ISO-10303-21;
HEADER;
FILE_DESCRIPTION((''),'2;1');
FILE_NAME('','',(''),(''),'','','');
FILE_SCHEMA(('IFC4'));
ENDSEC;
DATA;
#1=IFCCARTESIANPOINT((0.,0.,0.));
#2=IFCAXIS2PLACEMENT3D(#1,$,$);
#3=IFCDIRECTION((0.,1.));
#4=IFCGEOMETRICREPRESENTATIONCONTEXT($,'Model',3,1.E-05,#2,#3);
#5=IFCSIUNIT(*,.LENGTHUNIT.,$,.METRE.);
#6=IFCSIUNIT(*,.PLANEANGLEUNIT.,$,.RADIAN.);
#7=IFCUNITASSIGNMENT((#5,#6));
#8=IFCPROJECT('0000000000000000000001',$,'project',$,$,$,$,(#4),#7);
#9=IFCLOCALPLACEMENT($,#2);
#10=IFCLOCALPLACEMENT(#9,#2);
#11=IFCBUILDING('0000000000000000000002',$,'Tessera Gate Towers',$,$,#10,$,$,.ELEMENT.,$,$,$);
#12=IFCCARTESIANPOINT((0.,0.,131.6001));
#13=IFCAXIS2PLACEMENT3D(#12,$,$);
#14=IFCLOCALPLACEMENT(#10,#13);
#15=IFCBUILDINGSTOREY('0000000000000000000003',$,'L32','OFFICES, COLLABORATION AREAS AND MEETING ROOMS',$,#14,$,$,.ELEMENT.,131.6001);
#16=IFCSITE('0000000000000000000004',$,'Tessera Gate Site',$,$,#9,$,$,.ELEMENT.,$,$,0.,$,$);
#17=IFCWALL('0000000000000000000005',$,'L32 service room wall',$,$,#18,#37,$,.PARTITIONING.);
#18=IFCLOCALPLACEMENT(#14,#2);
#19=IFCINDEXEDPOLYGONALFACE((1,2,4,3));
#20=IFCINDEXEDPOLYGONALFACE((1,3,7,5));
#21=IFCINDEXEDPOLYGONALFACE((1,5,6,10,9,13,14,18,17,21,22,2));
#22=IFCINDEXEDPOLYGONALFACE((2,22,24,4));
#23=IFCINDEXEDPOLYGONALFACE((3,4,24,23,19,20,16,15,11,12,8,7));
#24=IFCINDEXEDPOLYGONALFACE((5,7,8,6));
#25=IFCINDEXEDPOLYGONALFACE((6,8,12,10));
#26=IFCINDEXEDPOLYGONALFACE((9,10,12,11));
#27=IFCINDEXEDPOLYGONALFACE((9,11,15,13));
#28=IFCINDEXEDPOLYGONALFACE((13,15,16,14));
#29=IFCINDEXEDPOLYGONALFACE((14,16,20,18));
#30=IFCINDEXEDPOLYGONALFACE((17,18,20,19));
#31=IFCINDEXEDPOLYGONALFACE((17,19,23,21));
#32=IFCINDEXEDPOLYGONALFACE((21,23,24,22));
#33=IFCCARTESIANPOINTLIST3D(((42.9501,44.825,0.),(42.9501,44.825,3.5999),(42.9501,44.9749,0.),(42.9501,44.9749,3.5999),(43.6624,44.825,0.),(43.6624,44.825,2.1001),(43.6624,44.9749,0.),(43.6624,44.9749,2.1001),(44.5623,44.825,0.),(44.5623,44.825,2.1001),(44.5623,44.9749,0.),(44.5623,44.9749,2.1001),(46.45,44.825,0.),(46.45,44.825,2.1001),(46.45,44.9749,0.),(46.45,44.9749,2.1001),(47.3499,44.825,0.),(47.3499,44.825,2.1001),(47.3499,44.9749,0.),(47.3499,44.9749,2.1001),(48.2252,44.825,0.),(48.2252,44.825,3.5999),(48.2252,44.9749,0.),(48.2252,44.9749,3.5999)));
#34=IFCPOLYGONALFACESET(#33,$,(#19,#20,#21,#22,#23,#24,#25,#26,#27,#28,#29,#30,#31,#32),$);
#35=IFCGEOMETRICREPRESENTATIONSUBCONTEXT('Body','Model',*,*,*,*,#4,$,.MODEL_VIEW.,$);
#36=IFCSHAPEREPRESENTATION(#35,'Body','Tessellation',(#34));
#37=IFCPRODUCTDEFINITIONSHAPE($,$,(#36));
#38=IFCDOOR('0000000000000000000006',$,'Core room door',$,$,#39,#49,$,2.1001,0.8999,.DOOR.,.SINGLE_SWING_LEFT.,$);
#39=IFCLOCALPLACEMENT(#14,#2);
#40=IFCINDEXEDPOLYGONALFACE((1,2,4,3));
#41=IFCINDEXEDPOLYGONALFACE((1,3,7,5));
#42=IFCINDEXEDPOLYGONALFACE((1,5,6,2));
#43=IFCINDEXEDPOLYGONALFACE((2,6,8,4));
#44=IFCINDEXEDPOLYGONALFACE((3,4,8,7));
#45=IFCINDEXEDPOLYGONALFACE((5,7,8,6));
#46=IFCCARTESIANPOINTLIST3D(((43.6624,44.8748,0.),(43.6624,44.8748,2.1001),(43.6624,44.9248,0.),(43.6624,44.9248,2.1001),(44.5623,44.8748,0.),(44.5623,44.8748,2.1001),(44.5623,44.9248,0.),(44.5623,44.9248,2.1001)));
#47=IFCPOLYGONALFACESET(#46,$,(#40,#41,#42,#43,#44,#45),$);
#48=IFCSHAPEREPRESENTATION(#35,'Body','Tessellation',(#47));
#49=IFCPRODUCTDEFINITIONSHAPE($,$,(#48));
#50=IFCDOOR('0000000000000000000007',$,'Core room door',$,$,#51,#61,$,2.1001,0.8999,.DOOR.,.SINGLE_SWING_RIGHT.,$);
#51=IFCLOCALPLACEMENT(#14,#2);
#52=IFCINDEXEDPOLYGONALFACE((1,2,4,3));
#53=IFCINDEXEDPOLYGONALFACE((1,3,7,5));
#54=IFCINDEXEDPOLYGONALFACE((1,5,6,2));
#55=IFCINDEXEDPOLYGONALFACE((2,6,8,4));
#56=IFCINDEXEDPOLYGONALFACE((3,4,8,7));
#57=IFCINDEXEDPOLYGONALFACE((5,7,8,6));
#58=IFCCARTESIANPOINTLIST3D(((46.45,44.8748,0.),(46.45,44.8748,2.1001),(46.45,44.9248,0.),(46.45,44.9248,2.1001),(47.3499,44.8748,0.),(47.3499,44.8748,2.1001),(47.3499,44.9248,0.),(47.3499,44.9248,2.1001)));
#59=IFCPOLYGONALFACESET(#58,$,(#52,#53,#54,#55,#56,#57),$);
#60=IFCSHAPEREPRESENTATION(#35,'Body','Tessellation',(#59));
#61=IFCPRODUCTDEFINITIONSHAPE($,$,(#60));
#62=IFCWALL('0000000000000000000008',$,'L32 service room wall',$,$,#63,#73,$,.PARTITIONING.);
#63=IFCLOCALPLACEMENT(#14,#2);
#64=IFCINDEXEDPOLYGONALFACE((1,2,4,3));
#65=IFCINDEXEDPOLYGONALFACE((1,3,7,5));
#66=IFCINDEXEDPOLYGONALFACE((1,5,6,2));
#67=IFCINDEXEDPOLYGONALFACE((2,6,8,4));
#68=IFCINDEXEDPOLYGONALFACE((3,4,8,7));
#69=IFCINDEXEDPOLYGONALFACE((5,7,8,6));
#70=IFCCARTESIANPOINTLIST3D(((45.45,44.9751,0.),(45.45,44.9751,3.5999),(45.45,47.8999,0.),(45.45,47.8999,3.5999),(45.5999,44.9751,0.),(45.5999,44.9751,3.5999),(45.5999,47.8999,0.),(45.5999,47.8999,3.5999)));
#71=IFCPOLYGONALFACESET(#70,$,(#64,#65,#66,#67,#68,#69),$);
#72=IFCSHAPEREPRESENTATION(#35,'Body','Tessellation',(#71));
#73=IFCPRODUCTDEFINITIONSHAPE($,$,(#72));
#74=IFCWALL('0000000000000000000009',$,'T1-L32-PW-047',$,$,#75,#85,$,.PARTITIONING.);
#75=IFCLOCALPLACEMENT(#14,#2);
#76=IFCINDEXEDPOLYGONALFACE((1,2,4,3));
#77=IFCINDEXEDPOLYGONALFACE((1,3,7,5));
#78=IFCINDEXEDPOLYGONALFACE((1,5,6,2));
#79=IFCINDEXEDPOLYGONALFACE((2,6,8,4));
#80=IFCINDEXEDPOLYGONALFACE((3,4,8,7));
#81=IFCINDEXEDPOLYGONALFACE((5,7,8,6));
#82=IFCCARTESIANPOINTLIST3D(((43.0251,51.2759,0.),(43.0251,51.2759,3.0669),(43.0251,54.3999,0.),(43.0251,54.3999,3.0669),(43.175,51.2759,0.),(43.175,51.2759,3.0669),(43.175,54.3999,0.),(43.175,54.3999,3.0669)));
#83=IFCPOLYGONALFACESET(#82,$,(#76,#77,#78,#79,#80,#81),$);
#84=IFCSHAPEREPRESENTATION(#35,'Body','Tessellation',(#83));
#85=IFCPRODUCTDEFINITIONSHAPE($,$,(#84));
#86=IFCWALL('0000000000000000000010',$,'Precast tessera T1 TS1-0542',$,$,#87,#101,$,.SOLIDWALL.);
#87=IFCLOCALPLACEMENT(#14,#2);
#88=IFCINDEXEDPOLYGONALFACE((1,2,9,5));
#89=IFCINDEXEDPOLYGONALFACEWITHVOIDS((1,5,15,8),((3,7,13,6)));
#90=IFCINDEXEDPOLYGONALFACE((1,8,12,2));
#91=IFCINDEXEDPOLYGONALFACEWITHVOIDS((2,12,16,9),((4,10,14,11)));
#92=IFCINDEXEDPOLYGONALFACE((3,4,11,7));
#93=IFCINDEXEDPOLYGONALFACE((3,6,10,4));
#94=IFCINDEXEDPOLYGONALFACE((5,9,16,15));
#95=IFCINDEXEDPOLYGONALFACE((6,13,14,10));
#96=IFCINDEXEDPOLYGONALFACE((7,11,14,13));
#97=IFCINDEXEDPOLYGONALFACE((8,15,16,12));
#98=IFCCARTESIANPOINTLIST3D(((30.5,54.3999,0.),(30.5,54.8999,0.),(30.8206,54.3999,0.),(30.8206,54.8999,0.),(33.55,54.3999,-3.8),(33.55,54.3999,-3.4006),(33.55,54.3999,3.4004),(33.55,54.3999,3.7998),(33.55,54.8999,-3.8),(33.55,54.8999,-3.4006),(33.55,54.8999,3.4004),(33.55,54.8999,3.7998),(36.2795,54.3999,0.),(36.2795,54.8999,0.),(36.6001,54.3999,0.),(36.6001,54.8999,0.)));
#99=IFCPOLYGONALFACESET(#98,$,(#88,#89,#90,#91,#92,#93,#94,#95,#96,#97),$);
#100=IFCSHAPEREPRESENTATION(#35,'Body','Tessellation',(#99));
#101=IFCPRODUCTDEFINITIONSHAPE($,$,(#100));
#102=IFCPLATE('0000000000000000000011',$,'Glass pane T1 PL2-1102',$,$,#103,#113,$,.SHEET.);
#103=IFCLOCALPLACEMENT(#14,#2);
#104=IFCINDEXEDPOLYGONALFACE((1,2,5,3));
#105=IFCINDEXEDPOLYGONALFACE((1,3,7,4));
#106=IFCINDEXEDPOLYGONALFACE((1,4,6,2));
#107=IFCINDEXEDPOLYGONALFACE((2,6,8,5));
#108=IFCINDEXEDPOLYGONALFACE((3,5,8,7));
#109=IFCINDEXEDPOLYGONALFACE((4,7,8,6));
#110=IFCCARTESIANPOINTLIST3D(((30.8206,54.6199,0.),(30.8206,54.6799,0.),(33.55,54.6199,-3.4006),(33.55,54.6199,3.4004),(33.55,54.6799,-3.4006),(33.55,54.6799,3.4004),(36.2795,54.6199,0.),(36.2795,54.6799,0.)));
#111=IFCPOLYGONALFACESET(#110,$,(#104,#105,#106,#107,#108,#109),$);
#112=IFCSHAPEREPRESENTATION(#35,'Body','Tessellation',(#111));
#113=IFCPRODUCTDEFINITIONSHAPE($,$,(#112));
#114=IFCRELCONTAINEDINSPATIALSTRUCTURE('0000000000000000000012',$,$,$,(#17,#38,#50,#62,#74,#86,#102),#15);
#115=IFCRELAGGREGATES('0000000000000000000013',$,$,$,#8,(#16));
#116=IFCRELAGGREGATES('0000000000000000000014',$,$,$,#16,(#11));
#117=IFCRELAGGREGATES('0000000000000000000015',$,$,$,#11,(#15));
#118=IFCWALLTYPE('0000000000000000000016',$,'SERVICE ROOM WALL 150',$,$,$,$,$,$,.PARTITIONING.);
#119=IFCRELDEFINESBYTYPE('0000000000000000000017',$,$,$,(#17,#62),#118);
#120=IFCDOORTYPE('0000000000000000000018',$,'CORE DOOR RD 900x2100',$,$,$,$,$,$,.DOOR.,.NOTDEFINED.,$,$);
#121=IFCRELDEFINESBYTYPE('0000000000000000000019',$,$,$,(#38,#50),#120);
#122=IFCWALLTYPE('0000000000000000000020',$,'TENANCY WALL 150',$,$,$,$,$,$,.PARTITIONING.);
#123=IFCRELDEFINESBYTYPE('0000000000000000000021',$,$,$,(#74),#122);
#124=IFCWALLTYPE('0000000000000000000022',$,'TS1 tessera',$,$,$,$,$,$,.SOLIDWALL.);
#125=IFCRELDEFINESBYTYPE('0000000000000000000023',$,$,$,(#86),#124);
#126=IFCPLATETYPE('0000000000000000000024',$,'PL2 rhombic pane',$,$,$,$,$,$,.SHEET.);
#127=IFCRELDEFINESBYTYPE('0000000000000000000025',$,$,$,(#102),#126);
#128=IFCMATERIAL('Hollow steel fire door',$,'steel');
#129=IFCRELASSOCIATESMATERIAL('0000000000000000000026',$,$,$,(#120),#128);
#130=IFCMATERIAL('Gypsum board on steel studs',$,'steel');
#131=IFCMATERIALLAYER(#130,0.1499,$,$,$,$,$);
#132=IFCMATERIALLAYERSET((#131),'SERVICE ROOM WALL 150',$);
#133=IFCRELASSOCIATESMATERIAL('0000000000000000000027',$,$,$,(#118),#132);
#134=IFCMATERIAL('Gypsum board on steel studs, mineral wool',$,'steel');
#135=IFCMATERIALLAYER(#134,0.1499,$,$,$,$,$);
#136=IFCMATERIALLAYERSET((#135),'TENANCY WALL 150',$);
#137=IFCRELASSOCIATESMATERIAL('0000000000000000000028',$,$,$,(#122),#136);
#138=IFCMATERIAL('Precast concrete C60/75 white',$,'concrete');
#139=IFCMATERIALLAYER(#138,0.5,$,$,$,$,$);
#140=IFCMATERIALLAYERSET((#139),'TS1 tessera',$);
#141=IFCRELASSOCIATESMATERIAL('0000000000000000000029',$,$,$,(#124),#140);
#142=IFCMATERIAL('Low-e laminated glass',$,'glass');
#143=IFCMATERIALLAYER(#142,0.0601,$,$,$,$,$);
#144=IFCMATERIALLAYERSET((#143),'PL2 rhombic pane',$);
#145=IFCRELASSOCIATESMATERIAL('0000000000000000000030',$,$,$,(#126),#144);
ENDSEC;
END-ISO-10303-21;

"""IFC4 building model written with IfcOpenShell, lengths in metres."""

from ifc_helpers import new_model, si_unit, direction, frame, frame_2d, origin, place, context, subcontext, project, spatial, polyline, rectangle, outline, extrude, source, transform, mapped, material, layer, layer_set, type_object, element, fill, save


model = new_model("IFC4")

# Units and contexts
model_context = context("Model", 3, precision=1e-05, world=origin(), true_north=direction((0.0, 1.0)))
body_context = subcontext(model_context, "Body", "Model", "MODEL_VIEW")
ifc_project = project(units=[si_unit("LENGTHUNIT", "METRE"), si_unit("PLANEANGLEUNIT", "RADIAN")], contexts=[model_context])

# Site, building, storey
site_placement = place(None, origin())
site = spatial("IfcSite", under=ifc_project, at=site_placement, Name="Tessera Gate Site", CompositionType="ELEMENT", RefElevation=0.0)
building_placement = place(site_placement, origin())
building = spatial("IfcBuilding", under=site, at=building_placement, Name="Tessera Gate Towers", CompositionType="ELEMENT")
storey_placement = place(building_placement, frame((0.0, 0.0, 131.6001)))
storey = spatial("IfcBuildingStorey", under=building, at=storey_placement, Name="L32", Description="OFFICES, COLLABORATION AREAS AND MEETING ROOMS", CompositionType="ELEMENT", Elevation=131.6001)

# Shared definitions
ifc_material_1 = material(Name="Hollow steel fire door", Category="steel")
door_type_1 = type_object("IfcDoorType", Name="CORE DOOR RD 900x2100", OperationType="NOTDEFINED", PredefinedType="DOOR", material=ifc_material_1)
shared_shape_1 = source(origin(), body_context, "Body", "SweptSolid", [
    extrude(rectangle(XDim=0.8999, YDim=2.1001, at=frame_2d((0.45, 1.05))), frame((0.0, 0.0249, 0.0), z_axis=(0.0, -1.0, 0.0), x_axis=(1.0, 0.0, 0.0)), (0.0, 0.0, 1.0), 0.05),
])

# Wall, openings, doors
ifc_material_2 = material(Name="Gypsum board on steel studs", Category="steel")
ifc_layer_1 = layer(ifc_material_2, 0.1499)
ifc_layer_set_1 = layer_set([ifc_layer_1], Name="SERVICE ROOM WALL 150")
wall_type_1 = type_object("IfcWallType", Name="SERVICE ROOM WALL 150", PredefinedType="PARTITIONING", material=ifc_layer_set_1)
wall_1_placement = place(storey_placement, frame((42.95, 44.8999, 0.0), z_axis=(0.0, 0.0, 1.0), x_axis=(1.0, 0.0, 0.0)))
wall_1 = element("IfcWall", 1, at=wall_1_placement, inside=storey, type_object=wall_type_1, Name="L32 service room wall", PredefinedType="PARTITIONING", context=body_context, shape_type="SweptSolid", body=[
    extrude(rectangle(XDim=5.2751, YDim=0.1499, at=frame_2d((2.6377, 0.0))), origin(), (0.0, 0.0, 1.0), 3.5999),
])
shared_shape_2 = source(origin(), body_context, "Body", "SweptSolid", [
    extrude(rectangle(XDim=0.8999, YDim=2.1001, at=frame_2d((0.45, 1.05))), frame((0.0, 0.085, 0.0), z_axis=(0.0, -1.0, 0.0), x_axis=(1.0, 0.0, 0.0)), (0.0, 0.0, 1.0), 0.1699),
])
opening_1_placement = place(wall_1_placement, frame((0.7124, 0.0, 0.0)))
opening_1 = element("IfcOpeningElement", 2, at=opening_1_placement, cuts=wall_1, PredefinedType="OPENING", context=body_context, shape_type="MappedRepresentation", body=[
    mapped(shared_shape_2, transform((0.0, 0.0, 0.0), scale=1.0)),
])
opening_2_placement = place(wall_1_placement, frame((3.5, 0.0, 0.0)))
opening_2 = element("IfcOpeningElement", 3, at=opening_2_placement, cuts=wall_1, PredefinedType="OPENING", context=body_context, shape_type="MappedRepresentation", body=[
    mapped(shared_shape_2, transform((0.0, 0.0, 0.0), scale=1.0)),
])
door_1_placement = place(opening_1_placement, origin())
door_1 = element("IfcDoor", 4, at=door_1_placement, inside=storey, type_object=door_type_1, Name="Core room door", OperationType="SINGLE_SWING_LEFT", OverallHeight=2.1001, OverallWidth=0.8999, PredefinedType="DOOR", context=body_context, shape_type="MappedRepresentation", body=[
    mapped(shared_shape_1, transform((0.0, 0.0, 0.0), scale=1.0)),
])
fill(opening_1, door_1)
door_2_placement = place(opening_2_placement, origin())
door_2 = element("IfcDoor", 5, at=door_2_placement, inside=storey, type_object=door_type_1, Name="Core room door", OperationType="SINGLE_SWING_RIGHT", OverallHeight=2.1001, OverallWidth=0.8999, PredefinedType="DOOR", context=body_context, shape_type="MappedRepresentation", body=[
    mapped(shared_shape_1, transform((0.0, 0.0, 0.0), scale=1.0)),
])
fill(opening_2, door_2)

# Walls
wall_2_placement = place(storey_placement, frame((45.5249, 44.9751, 0.0), z_axis=(0.0, 0.0, 1.0), x_axis=(0.0, 1.0, 0.0)))
element("IfcWall", 6, at=wall_2_placement, inside=storey, type_object=wall_type_1, Name="L32 service room wall", PredefinedType="PARTITIONING", context=body_context, shape_type="SweptSolid", body=[
    extrude(rectangle(XDim=2.9248, YDim=0.1499, at=frame_2d((1.4624, 0.0))), origin(), (0.0, 0.0, 1.0), 3.5999),
])
ifc_material_3 = material(Name="Gypsum board on steel studs, mineral wool", Category="steel")
ifc_layer_2 = layer(ifc_material_3, 0.1499)
ifc_layer_set_2 = layer_set([ifc_layer_2], Name="TENANCY WALL 150")
wall_type_2 = type_object("IfcWallType", Name="TENANCY WALL 150", PredefinedType="PARTITIONING", material=ifc_layer_set_2)
wall_3_placement = place(storey_placement, frame((43.1001, 51.2759, 0.0), z_axis=(0.0, 0.0, 1.0), x_axis=(0.0, 1.0, 0.0)))
element("IfcWall", 7, at=wall_3_placement, inside=storey, type_object=wall_type_2, Name="T1-L32-PW-047", PredefinedType="PARTITIONING", context=body_context, shape_type="SweptSolid", body=[
    extrude(rectangle(XDim=3.124, YDim=0.1499, at=frame_2d((1.562, 0.0))), origin(), (0.0, 0.0, 1.0), 3.0669),
])

# Wall, opening, plate
ifc_material_4 = material(Name="Precast concrete C60/75 white", Category="concrete")
ifc_layer_3 = layer(ifc_material_4, 0.5)
ifc_layer_set_3 = layer_set([ifc_layer_3], Name="TS1 tessera")
wall_type_3 = type_object("IfcWallType", Name="TS1 tessera", PredefinedType="SOLIDWALL", material=ifc_layer_set_3)
shared_shape_3 = source(origin(), body_context, "Body", "SweptSolid", [
    extrude(outline(polyline([(3.05, 0.0), (6.1001, 3.8), (3.05, 7.5999), (0.0, 3.8), (3.05, 0.0)])), frame((0.0, 0.25, 0.0), z_axis=(0.0, -1.0, 0.0), x_axis=(1.0, 0.0, 0.0)), (0.0, 0.0, 1.0), 0.5),
])
wall_4_placement = place(storey_placement, frame((36.6001, 54.6499, -3.8), z_axis=(0.0, 0.0, 1.0), x_axis=(-1.0, 0.0, 0.0)))
wall_4 = element("IfcWall", 8, at=wall_4_placement, inside=storey, type_object=wall_type_3, Name="Precast tessera T1 TS1-0542", PredefinedType="SOLIDWALL", context=body_context, shape_type="MappedRepresentation", body=[
    mapped(shared_shape_3, transform((0.0, 0.0, 0.0), scale=1.0)),
])
shared_shape_4 = source(origin(), body_context, "Body", "SweptSolid", [
    extrude(outline(polyline([(3.05, 0.3994), (5.7795, 3.8), (3.05, 7.2004), (0.3206, 3.8), (3.05, 0.3994)])), frame((0.0, 0.26, 0.0), z_axis=(0.0, -1.0, 0.0), x_axis=(1.0, 0.0, 0.0)), (0.0, 0.0, 1.0), 0.52),
])
opening_3_placement = place(wall_4_placement, origin())
opening_3 = element("IfcOpeningElement", 9, at=opening_3_placement, cuts=wall_4, PredefinedType="OPENING", context=body_context, shape_type="MappedRepresentation", body=[
    mapped(shared_shape_4, transform((0.0, 0.0, 0.0), scale=1.0)),
])
ifc_material_5 = material(Name="Low-e laminated glass", Category="glass")
ifc_layer_4 = layer(ifc_material_5, 0.0601)
ifc_layer_set_4 = layer_set([ifc_layer_4], Name="PL2 rhombic pane")
plate_type = type_object("IfcPlateType", Name="PL2 rhombic pane", PredefinedType="SHEET", material=ifc_layer_set_4)
shared_shape_5 = source(origin(), body_context, "Body", "SweptSolid", [
    extrude(outline(polyline([(3.05, 0.3994), (5.7795, 3.8), (3.05, 7.2004), (0.3206, 3.8), (3.05, 0.3994)])), frame((0.0, 0.03, 0.0), z_axis=(0.0, -1.0, 0.0), x_axis=(1.0, 0.0, 0.0)), (0.0, 0.0, 1.0), 0.0601),
])
plate_placement = place(opening_3_placement, origin())
plate = element("IfcPlate", 10, at=plate_placement, inside=storey, type_object=plate_type, Name="Glass pane T1 PL2-1102", PredefinedType="SHEET", context=body_context, shape_type="MappedRepresentation", body=[
    mapped(shared_shape_5, transform((0.0, 0.0, 0.0), scale=1.0)),
])
fill(opening_3, plate)

save(model, "model.ifc")
